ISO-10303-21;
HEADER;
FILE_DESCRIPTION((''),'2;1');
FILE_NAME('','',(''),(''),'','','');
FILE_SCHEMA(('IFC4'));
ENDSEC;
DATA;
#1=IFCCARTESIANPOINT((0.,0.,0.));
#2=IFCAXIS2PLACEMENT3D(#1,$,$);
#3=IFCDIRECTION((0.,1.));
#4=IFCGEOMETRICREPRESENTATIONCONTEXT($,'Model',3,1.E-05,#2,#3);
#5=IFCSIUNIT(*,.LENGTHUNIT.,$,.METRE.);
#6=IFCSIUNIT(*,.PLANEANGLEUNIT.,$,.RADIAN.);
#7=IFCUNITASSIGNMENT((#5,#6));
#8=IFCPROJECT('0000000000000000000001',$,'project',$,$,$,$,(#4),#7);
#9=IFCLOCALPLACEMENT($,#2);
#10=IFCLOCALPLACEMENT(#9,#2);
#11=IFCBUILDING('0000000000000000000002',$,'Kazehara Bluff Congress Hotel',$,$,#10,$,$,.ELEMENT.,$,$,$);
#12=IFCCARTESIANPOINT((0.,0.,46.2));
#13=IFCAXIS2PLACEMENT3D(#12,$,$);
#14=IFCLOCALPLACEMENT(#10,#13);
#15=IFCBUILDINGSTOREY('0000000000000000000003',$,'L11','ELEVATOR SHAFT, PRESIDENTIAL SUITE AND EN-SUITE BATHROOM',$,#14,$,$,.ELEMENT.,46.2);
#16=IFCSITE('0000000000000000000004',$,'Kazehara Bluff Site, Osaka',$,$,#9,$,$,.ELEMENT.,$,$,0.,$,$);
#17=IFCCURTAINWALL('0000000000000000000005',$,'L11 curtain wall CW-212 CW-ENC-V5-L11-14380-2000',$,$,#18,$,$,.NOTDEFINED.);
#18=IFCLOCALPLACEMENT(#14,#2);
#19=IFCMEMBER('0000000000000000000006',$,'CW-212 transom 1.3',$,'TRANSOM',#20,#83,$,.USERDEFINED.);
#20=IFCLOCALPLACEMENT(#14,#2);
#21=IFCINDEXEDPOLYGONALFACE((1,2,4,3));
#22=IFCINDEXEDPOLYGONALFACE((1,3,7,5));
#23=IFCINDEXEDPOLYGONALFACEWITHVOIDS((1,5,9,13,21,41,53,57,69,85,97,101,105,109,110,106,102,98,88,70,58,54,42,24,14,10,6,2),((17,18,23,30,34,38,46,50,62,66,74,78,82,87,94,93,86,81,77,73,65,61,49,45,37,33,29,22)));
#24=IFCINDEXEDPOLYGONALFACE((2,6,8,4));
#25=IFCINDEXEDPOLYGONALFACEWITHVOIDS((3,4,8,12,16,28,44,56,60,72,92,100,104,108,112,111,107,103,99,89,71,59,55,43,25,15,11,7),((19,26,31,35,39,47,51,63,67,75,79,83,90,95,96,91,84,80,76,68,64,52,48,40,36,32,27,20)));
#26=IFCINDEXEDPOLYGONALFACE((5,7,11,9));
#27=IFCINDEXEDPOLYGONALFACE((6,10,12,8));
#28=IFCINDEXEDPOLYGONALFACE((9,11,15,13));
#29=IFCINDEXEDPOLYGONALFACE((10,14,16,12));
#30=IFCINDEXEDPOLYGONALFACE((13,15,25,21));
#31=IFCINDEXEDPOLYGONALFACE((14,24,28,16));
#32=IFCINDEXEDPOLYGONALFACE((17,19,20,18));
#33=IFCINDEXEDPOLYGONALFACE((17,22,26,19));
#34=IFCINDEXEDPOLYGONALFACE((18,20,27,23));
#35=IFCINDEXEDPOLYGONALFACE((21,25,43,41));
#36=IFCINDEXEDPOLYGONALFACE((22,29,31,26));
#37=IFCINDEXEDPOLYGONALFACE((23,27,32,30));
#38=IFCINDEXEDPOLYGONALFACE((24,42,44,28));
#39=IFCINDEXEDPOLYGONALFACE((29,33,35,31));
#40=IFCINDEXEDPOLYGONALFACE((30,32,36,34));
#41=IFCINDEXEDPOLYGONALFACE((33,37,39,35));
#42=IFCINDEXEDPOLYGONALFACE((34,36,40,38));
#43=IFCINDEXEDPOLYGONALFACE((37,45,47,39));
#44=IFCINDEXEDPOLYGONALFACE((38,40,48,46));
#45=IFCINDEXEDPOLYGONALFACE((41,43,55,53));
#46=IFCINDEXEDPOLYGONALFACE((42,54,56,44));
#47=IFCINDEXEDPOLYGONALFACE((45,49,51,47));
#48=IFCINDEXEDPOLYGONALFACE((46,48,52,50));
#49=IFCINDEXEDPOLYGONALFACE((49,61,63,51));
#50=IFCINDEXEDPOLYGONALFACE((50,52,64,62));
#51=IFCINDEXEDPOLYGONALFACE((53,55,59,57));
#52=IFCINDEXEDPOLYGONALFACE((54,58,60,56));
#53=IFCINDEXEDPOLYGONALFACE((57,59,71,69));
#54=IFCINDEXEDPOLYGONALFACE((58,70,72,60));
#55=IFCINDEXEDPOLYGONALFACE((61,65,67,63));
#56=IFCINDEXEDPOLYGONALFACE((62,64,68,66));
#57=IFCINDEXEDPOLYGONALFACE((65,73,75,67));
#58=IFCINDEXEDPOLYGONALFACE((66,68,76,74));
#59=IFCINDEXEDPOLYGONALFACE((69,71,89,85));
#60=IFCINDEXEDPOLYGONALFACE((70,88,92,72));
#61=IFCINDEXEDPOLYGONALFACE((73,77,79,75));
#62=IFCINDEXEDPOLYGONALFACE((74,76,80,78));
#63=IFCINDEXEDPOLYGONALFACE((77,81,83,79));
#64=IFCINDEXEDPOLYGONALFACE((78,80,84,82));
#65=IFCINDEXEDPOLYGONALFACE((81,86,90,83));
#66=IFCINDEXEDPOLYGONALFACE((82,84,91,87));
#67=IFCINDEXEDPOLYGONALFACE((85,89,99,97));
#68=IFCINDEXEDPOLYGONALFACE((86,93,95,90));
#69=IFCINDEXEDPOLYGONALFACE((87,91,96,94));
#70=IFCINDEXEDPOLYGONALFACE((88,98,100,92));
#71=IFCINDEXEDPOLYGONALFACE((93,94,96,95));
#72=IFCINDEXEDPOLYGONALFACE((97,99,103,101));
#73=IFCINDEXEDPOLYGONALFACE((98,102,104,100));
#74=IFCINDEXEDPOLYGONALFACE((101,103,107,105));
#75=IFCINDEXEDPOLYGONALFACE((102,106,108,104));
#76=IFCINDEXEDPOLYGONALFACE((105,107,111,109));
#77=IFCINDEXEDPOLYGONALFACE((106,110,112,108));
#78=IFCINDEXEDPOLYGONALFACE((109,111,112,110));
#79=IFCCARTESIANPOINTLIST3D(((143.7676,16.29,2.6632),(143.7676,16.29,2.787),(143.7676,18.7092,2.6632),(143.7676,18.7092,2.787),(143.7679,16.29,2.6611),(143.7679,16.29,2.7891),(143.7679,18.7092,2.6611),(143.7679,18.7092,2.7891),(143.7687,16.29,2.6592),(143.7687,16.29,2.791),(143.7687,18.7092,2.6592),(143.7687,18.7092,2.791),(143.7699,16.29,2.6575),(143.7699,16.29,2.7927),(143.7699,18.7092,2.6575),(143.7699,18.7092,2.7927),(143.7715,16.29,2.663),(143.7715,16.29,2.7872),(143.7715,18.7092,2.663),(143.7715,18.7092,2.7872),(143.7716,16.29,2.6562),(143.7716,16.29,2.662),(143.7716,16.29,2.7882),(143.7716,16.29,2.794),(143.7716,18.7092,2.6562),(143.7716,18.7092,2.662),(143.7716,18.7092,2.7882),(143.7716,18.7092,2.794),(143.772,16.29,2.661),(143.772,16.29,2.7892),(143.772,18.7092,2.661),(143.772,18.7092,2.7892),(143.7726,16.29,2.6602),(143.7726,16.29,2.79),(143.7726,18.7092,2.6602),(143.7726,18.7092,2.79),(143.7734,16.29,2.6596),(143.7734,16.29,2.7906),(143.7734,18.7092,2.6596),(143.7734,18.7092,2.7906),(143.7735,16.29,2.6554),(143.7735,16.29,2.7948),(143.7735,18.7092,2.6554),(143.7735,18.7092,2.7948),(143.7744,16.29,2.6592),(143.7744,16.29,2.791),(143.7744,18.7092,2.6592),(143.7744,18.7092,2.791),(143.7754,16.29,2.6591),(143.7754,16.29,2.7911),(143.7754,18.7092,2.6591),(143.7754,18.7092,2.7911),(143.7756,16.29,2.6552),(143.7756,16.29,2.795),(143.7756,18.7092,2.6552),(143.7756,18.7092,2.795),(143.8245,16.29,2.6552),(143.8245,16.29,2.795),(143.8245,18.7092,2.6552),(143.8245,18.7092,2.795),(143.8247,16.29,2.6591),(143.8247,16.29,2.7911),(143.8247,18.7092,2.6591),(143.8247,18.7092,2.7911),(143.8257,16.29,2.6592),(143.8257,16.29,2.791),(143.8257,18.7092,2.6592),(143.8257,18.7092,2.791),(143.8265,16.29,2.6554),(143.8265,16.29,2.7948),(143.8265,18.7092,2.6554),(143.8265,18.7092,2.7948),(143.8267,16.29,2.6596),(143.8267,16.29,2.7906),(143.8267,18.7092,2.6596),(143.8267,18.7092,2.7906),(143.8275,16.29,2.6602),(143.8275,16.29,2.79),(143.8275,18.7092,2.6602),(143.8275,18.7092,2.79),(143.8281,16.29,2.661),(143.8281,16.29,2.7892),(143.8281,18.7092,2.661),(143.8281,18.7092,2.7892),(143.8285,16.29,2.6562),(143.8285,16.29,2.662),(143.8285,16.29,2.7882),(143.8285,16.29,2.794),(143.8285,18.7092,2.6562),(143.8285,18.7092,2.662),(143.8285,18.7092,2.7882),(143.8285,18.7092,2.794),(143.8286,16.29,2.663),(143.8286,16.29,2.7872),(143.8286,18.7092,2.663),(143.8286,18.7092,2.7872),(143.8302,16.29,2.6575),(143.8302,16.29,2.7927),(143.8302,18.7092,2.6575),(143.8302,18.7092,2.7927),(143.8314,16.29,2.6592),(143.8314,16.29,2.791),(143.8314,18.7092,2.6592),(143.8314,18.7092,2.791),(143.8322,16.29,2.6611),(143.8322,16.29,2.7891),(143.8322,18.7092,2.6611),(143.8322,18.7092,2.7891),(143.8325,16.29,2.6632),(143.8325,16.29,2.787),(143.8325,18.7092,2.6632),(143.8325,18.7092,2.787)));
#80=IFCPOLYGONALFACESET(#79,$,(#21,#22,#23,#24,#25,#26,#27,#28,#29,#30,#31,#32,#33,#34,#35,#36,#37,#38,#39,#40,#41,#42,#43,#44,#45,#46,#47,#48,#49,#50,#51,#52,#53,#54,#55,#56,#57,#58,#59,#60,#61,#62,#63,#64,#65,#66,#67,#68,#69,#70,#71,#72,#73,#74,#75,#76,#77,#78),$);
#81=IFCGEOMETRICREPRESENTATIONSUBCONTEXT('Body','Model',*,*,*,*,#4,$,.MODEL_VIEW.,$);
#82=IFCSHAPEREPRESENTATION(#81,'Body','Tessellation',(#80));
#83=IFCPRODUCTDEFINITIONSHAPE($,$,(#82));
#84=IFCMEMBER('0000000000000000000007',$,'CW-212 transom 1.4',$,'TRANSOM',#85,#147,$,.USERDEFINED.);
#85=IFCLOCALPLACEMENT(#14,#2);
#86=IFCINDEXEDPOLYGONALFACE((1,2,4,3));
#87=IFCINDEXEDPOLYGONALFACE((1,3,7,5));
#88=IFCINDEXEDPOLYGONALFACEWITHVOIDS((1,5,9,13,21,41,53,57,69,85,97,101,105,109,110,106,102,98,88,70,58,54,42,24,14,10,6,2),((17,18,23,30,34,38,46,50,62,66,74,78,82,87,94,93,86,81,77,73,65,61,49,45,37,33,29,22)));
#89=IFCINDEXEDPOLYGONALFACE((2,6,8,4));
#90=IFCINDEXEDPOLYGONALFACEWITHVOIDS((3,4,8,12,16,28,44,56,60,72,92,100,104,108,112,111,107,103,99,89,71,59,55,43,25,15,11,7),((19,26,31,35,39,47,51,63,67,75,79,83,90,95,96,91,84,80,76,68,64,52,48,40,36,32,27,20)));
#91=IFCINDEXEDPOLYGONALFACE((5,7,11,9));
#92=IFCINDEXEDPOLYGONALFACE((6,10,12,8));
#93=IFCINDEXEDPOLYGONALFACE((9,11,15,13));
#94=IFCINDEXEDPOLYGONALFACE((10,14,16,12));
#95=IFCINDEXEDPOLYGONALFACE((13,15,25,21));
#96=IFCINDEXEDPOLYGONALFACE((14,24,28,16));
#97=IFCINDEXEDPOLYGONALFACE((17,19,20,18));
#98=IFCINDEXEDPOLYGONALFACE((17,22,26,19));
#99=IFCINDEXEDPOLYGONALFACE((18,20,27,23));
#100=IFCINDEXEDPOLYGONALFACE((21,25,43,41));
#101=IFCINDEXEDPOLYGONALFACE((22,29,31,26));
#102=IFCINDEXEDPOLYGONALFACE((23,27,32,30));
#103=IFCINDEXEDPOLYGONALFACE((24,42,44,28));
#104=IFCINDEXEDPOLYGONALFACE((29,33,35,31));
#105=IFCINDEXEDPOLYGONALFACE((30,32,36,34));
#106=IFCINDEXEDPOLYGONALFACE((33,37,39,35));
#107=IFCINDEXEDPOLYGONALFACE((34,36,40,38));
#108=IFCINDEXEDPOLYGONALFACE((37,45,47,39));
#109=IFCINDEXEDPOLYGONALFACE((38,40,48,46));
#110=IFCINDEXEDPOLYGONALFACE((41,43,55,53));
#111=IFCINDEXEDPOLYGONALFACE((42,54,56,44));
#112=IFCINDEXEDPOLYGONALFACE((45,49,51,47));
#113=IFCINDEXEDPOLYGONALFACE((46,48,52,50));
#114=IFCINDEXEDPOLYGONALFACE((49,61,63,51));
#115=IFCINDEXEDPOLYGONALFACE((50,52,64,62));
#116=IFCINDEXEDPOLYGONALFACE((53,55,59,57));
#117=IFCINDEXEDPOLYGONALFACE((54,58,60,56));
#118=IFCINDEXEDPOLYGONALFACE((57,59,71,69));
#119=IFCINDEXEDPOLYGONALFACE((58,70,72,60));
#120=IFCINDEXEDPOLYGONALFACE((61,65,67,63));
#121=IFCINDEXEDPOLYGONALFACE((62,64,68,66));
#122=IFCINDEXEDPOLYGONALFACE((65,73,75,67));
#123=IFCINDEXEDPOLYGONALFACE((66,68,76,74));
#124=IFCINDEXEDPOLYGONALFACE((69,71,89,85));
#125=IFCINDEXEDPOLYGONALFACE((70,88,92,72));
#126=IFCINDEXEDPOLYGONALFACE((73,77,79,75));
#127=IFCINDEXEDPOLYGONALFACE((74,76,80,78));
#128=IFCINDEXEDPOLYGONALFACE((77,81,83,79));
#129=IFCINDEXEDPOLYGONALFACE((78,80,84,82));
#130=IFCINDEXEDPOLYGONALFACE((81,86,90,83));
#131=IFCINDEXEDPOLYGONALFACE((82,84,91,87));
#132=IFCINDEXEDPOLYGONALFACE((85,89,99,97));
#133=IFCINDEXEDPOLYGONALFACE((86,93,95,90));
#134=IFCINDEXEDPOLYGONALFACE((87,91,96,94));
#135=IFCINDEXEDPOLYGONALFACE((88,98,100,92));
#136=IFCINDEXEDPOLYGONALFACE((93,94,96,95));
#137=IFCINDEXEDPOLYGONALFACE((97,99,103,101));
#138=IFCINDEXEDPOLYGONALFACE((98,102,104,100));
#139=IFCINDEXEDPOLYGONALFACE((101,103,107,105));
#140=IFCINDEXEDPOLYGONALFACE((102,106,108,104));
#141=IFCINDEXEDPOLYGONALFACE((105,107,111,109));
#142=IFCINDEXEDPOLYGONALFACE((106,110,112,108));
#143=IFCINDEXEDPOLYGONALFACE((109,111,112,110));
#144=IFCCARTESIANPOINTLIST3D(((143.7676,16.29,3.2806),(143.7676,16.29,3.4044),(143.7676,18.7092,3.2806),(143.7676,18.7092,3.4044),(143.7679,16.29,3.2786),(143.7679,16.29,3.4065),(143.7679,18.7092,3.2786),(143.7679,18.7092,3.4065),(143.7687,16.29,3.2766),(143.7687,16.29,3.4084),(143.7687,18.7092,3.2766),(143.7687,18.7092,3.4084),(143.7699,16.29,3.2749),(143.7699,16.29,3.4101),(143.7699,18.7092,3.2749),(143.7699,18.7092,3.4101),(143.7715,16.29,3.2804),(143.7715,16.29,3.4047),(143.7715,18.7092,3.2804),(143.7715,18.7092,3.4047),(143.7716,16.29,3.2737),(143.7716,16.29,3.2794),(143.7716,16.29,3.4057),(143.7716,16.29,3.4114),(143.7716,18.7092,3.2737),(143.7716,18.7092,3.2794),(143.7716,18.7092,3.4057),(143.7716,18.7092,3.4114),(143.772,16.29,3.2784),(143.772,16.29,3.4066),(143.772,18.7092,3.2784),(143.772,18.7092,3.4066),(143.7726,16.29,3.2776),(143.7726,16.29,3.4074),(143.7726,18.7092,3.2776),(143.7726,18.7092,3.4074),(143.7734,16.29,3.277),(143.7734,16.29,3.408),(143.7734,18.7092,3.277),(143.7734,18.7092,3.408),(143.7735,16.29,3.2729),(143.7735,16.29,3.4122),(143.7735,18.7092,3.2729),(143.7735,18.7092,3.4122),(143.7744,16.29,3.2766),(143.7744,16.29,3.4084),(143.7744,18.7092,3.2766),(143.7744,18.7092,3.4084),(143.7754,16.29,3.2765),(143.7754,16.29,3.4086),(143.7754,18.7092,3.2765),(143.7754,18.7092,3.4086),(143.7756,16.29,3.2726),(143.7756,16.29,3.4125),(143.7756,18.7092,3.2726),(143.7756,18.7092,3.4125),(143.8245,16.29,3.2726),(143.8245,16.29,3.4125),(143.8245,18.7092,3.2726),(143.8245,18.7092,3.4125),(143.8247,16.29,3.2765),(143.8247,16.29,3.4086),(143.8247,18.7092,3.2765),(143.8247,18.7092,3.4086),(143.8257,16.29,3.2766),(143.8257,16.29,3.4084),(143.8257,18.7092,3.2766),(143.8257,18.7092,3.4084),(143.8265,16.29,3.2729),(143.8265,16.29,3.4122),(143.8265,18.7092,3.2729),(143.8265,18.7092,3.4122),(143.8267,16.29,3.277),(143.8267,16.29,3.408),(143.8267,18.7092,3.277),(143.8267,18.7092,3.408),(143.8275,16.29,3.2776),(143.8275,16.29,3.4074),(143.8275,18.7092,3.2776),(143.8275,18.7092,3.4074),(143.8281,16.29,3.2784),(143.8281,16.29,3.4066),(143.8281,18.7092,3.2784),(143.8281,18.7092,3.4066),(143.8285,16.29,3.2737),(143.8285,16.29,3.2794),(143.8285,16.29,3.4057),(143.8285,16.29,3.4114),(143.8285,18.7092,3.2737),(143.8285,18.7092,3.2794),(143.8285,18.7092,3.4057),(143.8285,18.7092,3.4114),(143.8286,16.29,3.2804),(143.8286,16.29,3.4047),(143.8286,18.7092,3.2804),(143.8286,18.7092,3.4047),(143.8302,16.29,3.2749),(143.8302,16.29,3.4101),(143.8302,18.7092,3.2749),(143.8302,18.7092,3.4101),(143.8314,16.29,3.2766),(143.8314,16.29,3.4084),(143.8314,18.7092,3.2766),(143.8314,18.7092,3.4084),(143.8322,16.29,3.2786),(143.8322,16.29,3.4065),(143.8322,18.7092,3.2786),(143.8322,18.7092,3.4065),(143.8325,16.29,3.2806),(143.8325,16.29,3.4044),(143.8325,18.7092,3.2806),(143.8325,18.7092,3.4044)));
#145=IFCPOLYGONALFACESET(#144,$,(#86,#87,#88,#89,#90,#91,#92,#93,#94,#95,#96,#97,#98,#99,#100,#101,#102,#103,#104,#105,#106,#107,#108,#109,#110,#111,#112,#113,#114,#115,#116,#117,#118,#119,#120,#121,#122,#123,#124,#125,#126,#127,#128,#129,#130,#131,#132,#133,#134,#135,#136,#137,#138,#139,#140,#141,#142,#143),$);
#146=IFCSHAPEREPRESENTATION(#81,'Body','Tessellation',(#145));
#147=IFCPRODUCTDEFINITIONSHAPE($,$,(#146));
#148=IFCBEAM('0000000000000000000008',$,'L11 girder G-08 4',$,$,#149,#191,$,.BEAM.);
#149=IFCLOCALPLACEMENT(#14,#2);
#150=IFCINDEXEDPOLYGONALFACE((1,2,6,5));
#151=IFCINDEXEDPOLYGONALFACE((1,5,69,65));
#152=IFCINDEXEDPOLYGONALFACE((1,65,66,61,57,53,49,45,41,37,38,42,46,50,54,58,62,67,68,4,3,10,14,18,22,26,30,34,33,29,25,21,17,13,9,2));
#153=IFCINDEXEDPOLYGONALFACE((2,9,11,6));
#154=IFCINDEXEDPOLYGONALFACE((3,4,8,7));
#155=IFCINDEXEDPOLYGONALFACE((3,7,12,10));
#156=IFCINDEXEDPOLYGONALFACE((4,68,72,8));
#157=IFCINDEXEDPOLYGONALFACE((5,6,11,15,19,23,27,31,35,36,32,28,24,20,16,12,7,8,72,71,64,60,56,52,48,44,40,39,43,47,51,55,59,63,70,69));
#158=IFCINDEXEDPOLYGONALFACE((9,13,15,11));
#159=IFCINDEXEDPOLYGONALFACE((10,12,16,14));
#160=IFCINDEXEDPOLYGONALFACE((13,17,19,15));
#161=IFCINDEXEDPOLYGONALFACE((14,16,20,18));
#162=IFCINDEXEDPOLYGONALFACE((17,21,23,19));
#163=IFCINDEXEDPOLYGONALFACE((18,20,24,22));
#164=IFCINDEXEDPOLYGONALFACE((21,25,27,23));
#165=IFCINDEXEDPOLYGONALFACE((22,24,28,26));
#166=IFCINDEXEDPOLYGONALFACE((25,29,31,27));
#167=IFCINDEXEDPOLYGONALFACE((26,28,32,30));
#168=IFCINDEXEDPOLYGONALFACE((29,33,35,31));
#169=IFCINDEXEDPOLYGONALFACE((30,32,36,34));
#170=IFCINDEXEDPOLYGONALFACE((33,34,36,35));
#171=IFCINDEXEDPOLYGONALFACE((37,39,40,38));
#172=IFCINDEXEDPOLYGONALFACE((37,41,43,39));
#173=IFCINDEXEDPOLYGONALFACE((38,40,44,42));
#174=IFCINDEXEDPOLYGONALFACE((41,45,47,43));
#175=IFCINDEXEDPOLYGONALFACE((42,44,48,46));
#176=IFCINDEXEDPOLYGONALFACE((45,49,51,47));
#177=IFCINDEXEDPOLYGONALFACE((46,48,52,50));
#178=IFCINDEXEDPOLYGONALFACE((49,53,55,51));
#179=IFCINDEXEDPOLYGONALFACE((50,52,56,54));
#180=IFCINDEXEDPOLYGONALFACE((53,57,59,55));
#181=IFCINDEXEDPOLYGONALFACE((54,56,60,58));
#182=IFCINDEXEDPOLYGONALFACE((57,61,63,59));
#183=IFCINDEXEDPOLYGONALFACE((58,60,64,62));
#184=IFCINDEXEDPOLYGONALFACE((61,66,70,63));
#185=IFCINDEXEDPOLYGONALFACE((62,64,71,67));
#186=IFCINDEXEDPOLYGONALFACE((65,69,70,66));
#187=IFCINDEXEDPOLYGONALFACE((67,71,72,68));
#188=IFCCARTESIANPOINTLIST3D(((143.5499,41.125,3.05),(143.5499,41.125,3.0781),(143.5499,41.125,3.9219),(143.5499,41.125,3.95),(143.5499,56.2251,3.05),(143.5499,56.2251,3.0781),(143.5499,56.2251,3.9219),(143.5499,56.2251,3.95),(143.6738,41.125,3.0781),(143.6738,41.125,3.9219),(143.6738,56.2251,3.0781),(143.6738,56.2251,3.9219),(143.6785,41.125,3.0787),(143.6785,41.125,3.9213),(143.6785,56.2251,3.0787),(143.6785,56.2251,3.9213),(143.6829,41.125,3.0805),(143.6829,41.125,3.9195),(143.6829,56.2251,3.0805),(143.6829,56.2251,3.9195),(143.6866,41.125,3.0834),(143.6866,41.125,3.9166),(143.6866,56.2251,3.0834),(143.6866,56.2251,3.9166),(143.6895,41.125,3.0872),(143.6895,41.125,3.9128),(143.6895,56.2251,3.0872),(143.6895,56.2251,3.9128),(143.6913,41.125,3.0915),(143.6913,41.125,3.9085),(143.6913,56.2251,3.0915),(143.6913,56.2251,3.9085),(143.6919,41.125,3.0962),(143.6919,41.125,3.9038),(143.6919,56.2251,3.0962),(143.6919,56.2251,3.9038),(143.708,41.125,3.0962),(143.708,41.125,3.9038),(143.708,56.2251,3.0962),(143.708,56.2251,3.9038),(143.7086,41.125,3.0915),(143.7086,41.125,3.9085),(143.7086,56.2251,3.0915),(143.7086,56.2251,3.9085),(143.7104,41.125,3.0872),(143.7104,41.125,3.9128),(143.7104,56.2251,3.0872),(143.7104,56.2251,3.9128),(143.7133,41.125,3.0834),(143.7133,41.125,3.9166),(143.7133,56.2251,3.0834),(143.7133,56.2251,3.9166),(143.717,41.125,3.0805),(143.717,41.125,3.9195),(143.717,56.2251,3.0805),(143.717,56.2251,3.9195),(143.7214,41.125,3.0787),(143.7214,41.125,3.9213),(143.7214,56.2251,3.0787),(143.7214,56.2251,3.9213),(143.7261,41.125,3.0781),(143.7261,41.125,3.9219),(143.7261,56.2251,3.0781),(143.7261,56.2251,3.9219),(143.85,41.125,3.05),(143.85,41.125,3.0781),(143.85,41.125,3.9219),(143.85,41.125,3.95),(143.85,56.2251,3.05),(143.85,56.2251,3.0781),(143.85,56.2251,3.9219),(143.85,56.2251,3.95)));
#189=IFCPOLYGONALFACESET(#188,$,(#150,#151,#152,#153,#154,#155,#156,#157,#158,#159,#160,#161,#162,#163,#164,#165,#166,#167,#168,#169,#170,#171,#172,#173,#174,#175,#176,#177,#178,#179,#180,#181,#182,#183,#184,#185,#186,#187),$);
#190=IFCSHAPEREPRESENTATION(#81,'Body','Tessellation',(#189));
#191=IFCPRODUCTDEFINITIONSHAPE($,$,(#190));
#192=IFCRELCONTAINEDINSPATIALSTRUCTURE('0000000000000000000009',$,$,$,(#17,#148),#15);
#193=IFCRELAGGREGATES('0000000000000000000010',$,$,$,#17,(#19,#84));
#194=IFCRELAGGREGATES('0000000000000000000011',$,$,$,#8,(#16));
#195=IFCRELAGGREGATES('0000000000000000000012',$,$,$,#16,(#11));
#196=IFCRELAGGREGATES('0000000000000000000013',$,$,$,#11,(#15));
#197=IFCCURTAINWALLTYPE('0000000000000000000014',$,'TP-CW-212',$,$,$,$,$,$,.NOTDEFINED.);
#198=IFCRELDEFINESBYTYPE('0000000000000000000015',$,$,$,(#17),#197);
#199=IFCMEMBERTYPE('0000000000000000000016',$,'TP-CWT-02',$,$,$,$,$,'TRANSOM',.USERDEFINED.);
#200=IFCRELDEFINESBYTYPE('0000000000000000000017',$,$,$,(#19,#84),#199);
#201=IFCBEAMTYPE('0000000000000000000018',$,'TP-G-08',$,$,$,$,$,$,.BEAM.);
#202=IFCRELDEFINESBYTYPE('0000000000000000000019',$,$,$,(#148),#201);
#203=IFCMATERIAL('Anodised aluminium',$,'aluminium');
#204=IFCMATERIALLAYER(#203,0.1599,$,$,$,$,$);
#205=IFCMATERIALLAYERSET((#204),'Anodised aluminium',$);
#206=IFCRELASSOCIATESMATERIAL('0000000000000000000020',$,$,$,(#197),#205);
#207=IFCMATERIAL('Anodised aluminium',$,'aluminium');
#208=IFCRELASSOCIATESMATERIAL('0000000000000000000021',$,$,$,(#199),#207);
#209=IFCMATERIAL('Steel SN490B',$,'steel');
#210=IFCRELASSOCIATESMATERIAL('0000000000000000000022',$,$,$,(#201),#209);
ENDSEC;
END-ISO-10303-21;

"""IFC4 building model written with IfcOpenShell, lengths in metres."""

from ifc_helpers import new_model, si_unit, direction, frame, origin, origin_2d, place, context, subcontext, project, spatial, hollow_rectangle, i_section, extrude, material, layer, layer_set, material_profile, profile_set, type_object, element, aggregate, save


model = new_model("IFC4")

# Units and contexts
model_context = context("Model", 3, precision=1e-05, world=origin(), true_north=direction((0.0, 1.0)))
body_context = subcontext(model_context, "Body", "Model", "MODEL_VIEW")
ifc_project = project(units=[si_unit("LENGTHUNIT", "METRE"), si_unit("PLANEANGLEUNIT", "RADIAN")], contexts=[model_context])

# Site, building, storey
site_placement = place(None, origin())
site = spatial("IfcSite", under=ifc_project, at=site_placement, Name="Kazehara Bluff Site, Osaka", CompositionType="ELEMENT", RefElevation=0.0)
building_placement = place(site_placement, origin())
building = spatial("IfcBuilding", under=site, at=building_placement, Name="Kazehara Bluff Congress Hotel", CompositionType="ELEMENT")
storey_placement = place(building_placement, frame((0.0, 0.0, 46.2)))
storey = spatial("IfcBuildingStorey", under=building, at=storey_placement, Name="L11", Description="ELEVATOR SHAFT, PRESIDENTIAL SUITE AND EN-SUITE BATHROOM", CompositionType="ELEMENT", Elevation=46.2)

# Curtain wall, members
ifc_material_1 = material(Name="Anodised aluminium", Category="aluminium")
ifc_layer_1 = layer(ifc_material_1, 0.1599)
ifc_layer_set_1 = layer_set([ifc_layer_1], Name="Anodised aluminium")
curtain_wall_type = type_object("IfcCurtainWallType", Name="TP-CW-212", PredefinedType="NOTDEFINED", material=ifc_layer_set_1)
curtain_wall_placement = place(storey_placement, origin())
curtain_wall = element("IfcCurtainWall", 1, at=curtain_wall_placement, inside=storey, type_object=curtain_wall_type, Name="L11 curtain wall CW-212 CW-ENC-V5-L11-14380-2000", PredefinedType="NOTDEFINED")
ifc_material_2 = material(Name="Anodised aluminium", Category="aluminium")
ifc_material_profile_1 = material_profile(ifc_material_2, hollow_rectangle(XDim=0.0649, YDim=0.1399, WallThickness=0.0039, InnerFilletRadius=0.0039, OuterFilletRadius=0.0081, at=origin_2d()))
ifc_profile_set_1 = profile_set([ifc_material_profile_1], Name="Anodised aluminium")
member_type_1 = type_object("IfcMemberType", Name="TP-CWT-02", ElementType="TRANSOM", PredefinedType="USERDEFINED", material=ifc_profile_set_1)
member_1_placement = place(storey_placement, frame((143.8, 16.29, 2.7251), z_axis=(0.0, 1.0, 0.0), x_axis=(-1.0, 0.0, 0.0)))
member_1 = element("IfcMember", 2, at=member_1_placement, type_object=member_type_1, Name="CW-212 transom 1.3", ObjectType="TRANSOM", PredefinedType="USERDEFINED", context=body_context, shape_type="SweptSolid", body=[
    extrude(hollow_rectangle(XDim=0.0649, YDim=0.1399, WallThickness=0.0039, InnerFilletRadius=0.0039, OuterFilletRadius=0.0081, at=origin_2d()), origin(), (0.0, 0.0, 1.0), 2.4192),
])
member_2_placement = place(storey_placement, frame((143.8, 16.29, 3.3425), z_axis=(0.0, 1.0, 0.0), x_axis=(-1.0, 0.0, 0.0)))
member_2 = element("IfcMember", 3, at=member_2_placement, type_object=member_type_1, Name="CW-212 transom 1.4", ObjectType="TRANSOM", PredefinedType="USERDEFINED", context=body_context, shape_type="SweptSolid", body=[
    extrude(hollow_rectangle(XDim=0.0649, YDim=0.1399, WallThickness=0.0039, InnerFilletRadius=0.0039, OuterFilletRadius=0.0081, at=origin_2d()), origin(), (0.0, 0.0, 1.0), 2.4192),
])

# Beam
ifc_material_3 = material(Name="Steel SN490B", Category="steel")
ifc_material_profile_2 = material_profile(ifc_material_3, i_section(OverallWidth=0.3, OverallDepth=0.8999, WebThickness=0.0161, FlangeThickness=0.0281, FilletRadius=0.0181, at=origin_2d()))
ifc_profile_set_2 = profile_set([ifc_material_profile_2], Name="Steel SN490B")
beam_type_1 = type_object("IfcBeamType", Name="TP-G-08", PredefinedType="BEAM", material=ifc_profile_set_2)
beam_1_placement = place(storey_placement, frame((143.7, 41.125, 3.5), z_axis=(0.0, 1.0, 0.0), x_axis=(-1.0, 0.0, 0.0)))
element("IfcBeam", 4, at=beam_1_placement, inside=storey, type_object=beam_type_1, Name="L11 girder G-08 4", PredefinedType="BEAM", context=body_context, shape_type="SweptSolid", body=[
    extrude(i_section(OverallWidth=0.3, OverallDepth=0.8999, WebThickness=0.0161, FlangeThickness=0.0281, FilletRadius=0.0181, at=origin_2d()), origin(), (0.0, 0.0, 1.0), 15.1001),
])

aggregate(curtain_wall, [member_1, member_2])

save(model, "model.ifc")
